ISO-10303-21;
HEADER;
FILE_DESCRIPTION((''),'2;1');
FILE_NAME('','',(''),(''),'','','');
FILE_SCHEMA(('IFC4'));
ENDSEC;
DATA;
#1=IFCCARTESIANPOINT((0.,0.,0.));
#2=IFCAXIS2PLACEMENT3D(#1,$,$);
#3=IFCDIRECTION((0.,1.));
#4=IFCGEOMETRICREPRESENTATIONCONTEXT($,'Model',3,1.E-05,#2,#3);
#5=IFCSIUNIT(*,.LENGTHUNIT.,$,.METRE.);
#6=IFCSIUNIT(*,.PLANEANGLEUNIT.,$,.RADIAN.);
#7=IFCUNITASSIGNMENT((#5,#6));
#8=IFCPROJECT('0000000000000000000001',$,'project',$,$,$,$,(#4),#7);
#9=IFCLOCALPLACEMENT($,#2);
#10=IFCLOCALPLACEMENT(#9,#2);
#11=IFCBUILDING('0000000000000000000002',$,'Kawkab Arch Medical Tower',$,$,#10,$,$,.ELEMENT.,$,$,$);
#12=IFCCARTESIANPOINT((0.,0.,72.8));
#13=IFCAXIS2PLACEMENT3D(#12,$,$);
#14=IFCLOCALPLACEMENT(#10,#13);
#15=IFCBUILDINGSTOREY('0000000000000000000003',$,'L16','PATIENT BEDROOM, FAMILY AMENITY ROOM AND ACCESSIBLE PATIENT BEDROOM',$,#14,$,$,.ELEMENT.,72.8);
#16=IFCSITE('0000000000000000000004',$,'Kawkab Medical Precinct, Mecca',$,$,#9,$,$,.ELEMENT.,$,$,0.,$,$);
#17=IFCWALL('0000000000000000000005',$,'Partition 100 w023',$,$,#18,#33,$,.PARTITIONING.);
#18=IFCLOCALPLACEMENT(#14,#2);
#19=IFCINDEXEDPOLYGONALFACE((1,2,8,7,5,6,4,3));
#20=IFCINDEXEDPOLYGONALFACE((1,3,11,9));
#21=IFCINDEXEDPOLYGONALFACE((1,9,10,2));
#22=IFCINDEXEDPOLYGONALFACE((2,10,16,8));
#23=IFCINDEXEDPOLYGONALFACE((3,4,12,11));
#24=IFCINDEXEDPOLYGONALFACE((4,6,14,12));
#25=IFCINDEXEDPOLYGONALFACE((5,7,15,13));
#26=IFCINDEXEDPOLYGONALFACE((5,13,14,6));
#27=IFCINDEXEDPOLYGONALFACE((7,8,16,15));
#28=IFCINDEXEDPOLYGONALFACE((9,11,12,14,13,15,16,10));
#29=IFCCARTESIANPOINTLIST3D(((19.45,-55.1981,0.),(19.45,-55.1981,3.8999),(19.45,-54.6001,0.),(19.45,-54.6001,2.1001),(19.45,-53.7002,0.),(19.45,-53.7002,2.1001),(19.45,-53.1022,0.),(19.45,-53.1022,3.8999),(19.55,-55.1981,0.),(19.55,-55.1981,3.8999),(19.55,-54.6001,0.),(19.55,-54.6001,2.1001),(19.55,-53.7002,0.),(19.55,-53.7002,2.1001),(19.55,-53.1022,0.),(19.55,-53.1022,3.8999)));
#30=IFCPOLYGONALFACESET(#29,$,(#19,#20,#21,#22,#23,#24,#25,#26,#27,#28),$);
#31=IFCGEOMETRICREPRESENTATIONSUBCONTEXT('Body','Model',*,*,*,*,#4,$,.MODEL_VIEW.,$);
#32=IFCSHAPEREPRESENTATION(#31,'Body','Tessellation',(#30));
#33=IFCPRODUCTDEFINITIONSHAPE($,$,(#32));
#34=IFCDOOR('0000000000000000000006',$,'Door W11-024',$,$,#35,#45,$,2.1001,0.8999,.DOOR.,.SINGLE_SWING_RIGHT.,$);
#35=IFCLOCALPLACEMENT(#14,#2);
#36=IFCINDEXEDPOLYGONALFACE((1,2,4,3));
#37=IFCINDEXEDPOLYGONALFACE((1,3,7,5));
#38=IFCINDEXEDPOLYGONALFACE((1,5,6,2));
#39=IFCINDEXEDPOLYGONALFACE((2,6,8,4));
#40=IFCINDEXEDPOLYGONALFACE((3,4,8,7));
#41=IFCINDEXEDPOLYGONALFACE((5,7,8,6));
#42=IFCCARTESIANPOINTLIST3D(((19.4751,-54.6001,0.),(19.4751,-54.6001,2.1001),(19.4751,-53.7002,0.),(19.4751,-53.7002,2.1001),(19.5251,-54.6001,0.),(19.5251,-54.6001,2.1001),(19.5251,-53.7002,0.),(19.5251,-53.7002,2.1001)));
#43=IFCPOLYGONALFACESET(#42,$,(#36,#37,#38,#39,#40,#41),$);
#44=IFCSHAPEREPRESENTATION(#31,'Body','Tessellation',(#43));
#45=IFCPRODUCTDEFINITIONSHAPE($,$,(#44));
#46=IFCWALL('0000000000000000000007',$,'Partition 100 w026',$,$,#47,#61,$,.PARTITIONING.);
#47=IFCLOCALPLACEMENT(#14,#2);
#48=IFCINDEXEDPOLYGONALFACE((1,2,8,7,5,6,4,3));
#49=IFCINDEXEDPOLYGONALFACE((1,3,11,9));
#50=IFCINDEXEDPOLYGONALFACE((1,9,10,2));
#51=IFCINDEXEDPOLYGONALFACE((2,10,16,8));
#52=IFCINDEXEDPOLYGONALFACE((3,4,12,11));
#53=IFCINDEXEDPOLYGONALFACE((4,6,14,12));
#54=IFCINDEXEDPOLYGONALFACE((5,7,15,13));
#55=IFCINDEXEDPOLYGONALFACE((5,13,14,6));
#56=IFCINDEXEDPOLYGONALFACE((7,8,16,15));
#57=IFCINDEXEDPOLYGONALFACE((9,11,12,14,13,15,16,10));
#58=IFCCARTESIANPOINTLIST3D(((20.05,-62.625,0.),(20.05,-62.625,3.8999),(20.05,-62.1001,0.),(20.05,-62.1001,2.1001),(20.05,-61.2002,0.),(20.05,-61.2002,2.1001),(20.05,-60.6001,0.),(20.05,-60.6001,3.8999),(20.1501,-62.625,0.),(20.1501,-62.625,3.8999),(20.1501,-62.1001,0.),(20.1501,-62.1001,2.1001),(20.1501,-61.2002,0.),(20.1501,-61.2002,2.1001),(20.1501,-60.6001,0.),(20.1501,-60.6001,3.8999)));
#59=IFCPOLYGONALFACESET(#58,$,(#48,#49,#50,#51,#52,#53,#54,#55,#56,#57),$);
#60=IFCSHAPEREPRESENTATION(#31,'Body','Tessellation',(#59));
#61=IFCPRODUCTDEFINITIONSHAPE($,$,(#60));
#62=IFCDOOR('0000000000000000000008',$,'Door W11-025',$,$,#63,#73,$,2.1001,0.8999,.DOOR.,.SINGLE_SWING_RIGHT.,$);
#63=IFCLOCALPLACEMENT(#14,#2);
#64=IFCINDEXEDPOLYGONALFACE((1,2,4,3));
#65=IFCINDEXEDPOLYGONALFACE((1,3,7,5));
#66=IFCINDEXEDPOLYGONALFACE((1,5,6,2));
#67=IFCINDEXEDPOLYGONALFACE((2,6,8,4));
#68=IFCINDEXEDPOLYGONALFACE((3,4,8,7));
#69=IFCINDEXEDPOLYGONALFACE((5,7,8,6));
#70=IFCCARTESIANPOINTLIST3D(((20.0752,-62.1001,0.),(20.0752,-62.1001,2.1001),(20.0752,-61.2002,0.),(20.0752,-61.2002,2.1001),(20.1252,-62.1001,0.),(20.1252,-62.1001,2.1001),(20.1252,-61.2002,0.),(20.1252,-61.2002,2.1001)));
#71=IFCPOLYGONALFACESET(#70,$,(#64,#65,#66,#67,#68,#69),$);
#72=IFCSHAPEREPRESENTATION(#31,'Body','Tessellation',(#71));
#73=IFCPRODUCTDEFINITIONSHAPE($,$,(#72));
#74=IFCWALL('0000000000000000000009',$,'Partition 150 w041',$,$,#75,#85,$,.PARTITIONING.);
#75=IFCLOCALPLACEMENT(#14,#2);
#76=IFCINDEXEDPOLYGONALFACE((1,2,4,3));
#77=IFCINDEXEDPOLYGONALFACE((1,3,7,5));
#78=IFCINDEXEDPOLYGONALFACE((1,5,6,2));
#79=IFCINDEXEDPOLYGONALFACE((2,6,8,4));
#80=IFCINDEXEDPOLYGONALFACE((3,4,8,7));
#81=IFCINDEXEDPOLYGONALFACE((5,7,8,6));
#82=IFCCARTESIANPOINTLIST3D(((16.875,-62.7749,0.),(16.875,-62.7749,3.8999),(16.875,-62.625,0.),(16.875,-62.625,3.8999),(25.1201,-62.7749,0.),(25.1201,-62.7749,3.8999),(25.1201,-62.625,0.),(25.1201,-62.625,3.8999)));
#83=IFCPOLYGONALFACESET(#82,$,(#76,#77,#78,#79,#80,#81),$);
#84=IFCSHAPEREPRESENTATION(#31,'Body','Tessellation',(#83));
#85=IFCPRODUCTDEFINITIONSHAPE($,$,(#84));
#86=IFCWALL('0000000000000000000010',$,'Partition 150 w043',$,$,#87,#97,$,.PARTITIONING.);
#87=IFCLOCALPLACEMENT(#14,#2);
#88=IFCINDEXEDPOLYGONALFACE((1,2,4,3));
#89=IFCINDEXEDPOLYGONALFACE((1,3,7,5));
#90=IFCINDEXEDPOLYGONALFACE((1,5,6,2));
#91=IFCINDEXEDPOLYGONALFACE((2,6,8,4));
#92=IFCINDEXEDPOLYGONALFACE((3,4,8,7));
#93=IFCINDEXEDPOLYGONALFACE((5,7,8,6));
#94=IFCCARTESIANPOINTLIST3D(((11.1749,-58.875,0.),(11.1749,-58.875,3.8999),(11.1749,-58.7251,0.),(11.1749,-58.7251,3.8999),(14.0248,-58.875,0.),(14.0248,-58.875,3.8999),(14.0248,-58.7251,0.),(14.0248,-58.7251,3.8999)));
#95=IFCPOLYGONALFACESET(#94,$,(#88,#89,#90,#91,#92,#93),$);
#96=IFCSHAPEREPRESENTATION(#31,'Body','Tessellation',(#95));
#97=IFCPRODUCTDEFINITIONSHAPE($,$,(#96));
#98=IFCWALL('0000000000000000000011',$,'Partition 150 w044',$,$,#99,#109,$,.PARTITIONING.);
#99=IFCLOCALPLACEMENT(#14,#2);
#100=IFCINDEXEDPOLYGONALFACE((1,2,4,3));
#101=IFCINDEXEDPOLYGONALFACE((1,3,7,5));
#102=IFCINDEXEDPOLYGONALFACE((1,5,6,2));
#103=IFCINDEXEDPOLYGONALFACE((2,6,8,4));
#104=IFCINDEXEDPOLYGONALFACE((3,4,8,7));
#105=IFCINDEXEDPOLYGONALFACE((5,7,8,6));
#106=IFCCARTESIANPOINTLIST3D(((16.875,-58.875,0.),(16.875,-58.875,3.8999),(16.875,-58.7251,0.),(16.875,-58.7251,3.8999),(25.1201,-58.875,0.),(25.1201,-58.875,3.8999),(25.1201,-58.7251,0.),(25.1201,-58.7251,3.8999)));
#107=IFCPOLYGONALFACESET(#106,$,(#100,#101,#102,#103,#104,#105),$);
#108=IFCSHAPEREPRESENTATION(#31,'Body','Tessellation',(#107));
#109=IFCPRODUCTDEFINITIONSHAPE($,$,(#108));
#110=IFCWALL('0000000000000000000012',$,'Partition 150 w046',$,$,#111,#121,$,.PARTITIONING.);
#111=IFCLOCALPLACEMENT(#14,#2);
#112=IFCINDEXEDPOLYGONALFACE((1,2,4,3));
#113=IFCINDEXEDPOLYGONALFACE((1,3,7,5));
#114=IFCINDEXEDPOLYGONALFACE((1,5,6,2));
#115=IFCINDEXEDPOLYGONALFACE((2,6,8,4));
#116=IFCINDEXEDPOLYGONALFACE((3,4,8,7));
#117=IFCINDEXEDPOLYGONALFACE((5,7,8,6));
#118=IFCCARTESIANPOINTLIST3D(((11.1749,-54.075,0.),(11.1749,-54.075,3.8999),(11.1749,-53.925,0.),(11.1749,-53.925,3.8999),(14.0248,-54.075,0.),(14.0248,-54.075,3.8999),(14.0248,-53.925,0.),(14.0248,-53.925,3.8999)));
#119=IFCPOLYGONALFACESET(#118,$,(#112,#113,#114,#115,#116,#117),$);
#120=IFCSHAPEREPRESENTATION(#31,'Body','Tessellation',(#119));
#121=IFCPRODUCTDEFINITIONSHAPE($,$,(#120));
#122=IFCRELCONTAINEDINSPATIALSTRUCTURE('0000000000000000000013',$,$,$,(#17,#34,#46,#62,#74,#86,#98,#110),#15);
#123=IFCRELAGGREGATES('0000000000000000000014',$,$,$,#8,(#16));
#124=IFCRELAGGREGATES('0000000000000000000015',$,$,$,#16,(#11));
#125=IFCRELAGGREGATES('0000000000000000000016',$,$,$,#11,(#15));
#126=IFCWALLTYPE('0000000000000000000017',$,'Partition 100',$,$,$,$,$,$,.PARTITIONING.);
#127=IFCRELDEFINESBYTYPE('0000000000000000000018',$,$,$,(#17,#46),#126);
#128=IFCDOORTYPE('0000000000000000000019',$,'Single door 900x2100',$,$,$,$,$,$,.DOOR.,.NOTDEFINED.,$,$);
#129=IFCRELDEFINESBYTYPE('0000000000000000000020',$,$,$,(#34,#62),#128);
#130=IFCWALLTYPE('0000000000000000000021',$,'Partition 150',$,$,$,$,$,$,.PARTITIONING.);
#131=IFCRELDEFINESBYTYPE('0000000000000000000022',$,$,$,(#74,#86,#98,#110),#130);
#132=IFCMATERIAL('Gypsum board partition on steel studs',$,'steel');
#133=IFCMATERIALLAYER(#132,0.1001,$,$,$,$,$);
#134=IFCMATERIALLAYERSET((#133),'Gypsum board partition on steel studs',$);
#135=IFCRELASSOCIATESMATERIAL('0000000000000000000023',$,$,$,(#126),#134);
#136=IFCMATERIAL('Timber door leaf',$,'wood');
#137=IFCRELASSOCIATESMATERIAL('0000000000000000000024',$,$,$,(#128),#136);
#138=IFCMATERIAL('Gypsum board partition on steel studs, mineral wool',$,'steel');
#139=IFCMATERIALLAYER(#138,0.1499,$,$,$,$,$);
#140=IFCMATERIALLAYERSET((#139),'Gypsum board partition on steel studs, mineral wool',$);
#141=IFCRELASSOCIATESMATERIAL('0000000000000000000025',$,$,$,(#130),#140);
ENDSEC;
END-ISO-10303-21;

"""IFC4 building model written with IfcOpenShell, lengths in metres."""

from ifc_helpers import new_model, si_unit, direction, frame, frame_2d, origin, place, context, subcontext, project, spatial, rectangle, extrude, material, layer, layer_set, type_object, element, fill, save


model = new_model("IFC4")

# Units and contexts
model_context = context("Model", 3, precision=1e-05, world=origin(), true_north=direction((0.0, 1.0)))
body_context = subcontext(model_context, "Body", "Model", "MODEL_VIEW")
ifc_project = project(units=[si_unit("LENGTHUNIT", "METRE"), si_unit("PLANEANGLEUNIT", "RADIAN")], contexts=[model_context])

# Site, building, storey
site_placement = place(None, origin())
site = spatial("IfcSite", under=ifc_project, at=site_placement, Name="Kawkab Medical Precinct, Mecca", CompositionType="ELEMENT", RefElevation=0.0)
building_placement = place(site_placement, origin())
building = spatial("IfcBuilding", under=site, at=building_placement, Name="Kawkab Arch Medical Tower", CompositionType="ELEMENT")
storey_placement = place(building_placement, frame((0.0, 0.0, 72.8)))
storey = spatial("IfcBuildingStorey", under=building, at=storey_placement, Name="L16", Description="PATIENT BEDROOM, FAMILY AMENITY ROOM AND ACCESSIBLE PATIENT BEDROOM", CompositionType="ELEMENT", Elevation=72.8)

# Shared definitions
ifc_material_1 = material(Name="Gypsum board partition on steel studs", Category="steel")
ifc_layer_1 = layer(ifc_material_1, 0.1001)
ifc_layer_set_1 = layer_set([ifc_layer_1], Name="Gypsum board partition on steel studs")
wall_type_1 = type_object("IfcWallType", Name="Partition 100", PredefinedType="PARTITIONING", material=ifc_layer_set_1)

# Shared definitions
ifc_material_2 = material(Name="Timber door leaf", Category="wood")
door_type = type_object("IfcDoorType", Name="Single door 900x2100", OperationType="NOTDEFINED", PredefinedType="DOOR", material=ifc_material_2)

# Walls, openings, doors
wall_1_placement = place(storey_placement, frame((19.5, -55.198, 0.0), z_axis=(0.0, 0.0, 1.0), x_axis=(0.0, 1.0, 0.0)))
wall_1 = element("IfcWall", 1, at=wall_1_placement, inside=storey, type_object=wall_type_1, Name="Partition 100 w023", PredefinedType="PARTITIONING", context=body_context, shape_type="SweptSolid", body=[
    extrude(rectangle(XDim=2.0959, YDim=0.1001, at=frame_2d((1.0479, 0.0))), origin(), (0.0, 0.0, 1.0), 3.8999),
])
opening_1_placement = place(wall_1_placement, frame((0.5979, 0.0, 0.0)))
opening_1 = element("IfcOpeningElement", 2, at=opening_1_placement, cuts=wall_1, PredefinedType="OPENING", context=body_context, shape_type="SweptSolid", body=[
    extrude(rectangle(XDim=0.8999, YDim=2.1001, at=frame_2d((0.45, 1.05))), frame((0.0, 0.0601, 0.0), z_axis=(0.0, -1.0, 0.0), x_axis=(1.0, 0.0, 0.0)), (0.0, 0.0, 1.0), 0.1201),
])
door_1_placement = place(opening_1_placement, origin())
door_1 = element("IfcDoor", 3, at=door_1_placement, inside=storey, type_object=door_type, Name="Door W11-024", OperationType="SINGLE_SWING_RIGHT", OverallHeight=2.1001, OverallWidth=0.8999, PredefinedType="DOOR", context=body_context, shape_type="SweptSolid", body=[
    extrude(rectangle(XDim=0.8999, YDim=2.1001, at=frame_2d((0.45, 1.05))), frame((0.0, 0.0249, 0.0), z_axis=(0.0, -1.0, 0.0), x_axis=(1.0, 0.0, 0.0)), (0.0, 0.0, 1.0), 0.05),
])
fill(opening_1, door_1)
wall_2_placement = place(storey_placement, frame((20.1001, -62.625, 0.0), z_axis=(0.0, 0.0, 1.0), x_axis=(0.0, 1.0, 0.0)))
wall_2 = element("IfcWall", 4, at=wall_2_placement, inside=storey, type_object=wall_type_1, Name="Partition 100 w026", PredefinedType="PARTITIONING", context=body_context, shape_type="SweptSolid", body=[
    extrude(rectangle(XDim=2.0249, YDim=0.1001, at=frame_2d((1.0125, 0.0))), origin(), (0.0, 0.0, 1.0), 3.8999),
])
opening_2_placement = place(wall_2_placement, frame((0.5249, 0.0, 0.0)))
opening_2 = element("IfcOpeningElement", 5, at=opening_2_placement, cuts=wall_2, PredefinedType="OPENING", context=body_context, shape_type="SweptSolid", body=[
    extrude(rectangle(XDim=0.8999, YDim=2.1001, at=frame_2d((0.45, 1.05))), frame((0.0, 0.0601, 0.0), z_axis=(0.0, -1.0, 0.0), x_axis=(1.0, 0.0, 0.0)), (0.0, 0.0, 1.0), 0.1201),
])
door_2_placement = place(opening_2_placement, origin())
door_2 = element("IfcDoor", 6, at=door_2_placement, inside=storey, type_object=door_type, Name="Door W11-025", OperationType="SINGLE_SWING_RIGHT", OverallHeight=2.1001, OverallWidth=0.8999, PredefinedType="DOOR", context=body_context, shape_type="SweptSolid", body=[
    extrude(rectangle(XDim=0.8999, YDim=2.1001, at=frame_2d((0.45, 1.05))), frame((0.0, 0.0249, 0.0), z_axis=(0.0, -1.0, 0.0), x_axis=(1.0, 0.0, 0.0)), (0.0, 0.0, 1.0), 0.05),
])
fill(opening_2, door_2)

# Walls
ifc_material_3 = material(Name="Gypsum board partition on steel studs, mineral wool", Category="steel")
ifc_layer_2 = layer(ifc_material_3, 0.1499)
ifc_layer_set_2 = layer_set([ifc_layer_2], Name="Gypsum board partition on steel studs, mineral wool")
wall_type_2 = type_object("IfcWallType", Name="Partition 150", PredefinedType="PARTITIONING", material=ifc_layer_set_2)
wall_3_placement = place(storey_placement, frame((16.875, -62.7, 0.0), z_axis=(0.0, 0.0, 1.0), x_axis=(1.0, 0.0, 0.0)))
element("IfcWall", 7, at=wall_3_placement, inside=storey, type_object=wall_type_2, Name="Partition 150 w041", PredefinedType="PARTITIONING", context=body_context, shape_type="SweptSolid", body=[
    extrude(rectangle(XDim=8.2451, YDim=0.1499, at=frame_2d((4.1226, 0.0))), origin(), (0.0, 0.0, 1.0), 3.8999),
])
wall_4_placement = place(storey_placement, frame((11.175, -58.8, 0.0), z_axis=(0.0, 0.0, 1.0), x_axis=(1.0, 0.0, 0.0)))
element("IfcWall", 8, at=wall_4_placement, inside=storey, type_object=wall_type_2, Name="Partition 150 w043", PredefinedType="PARTITIONING", context=body_context, shape_type="SweptSolid", body=[
    extrude(rectangle(XDim=2.8499, YDim=0.1499, at=frame_2d((1.4248, 0.0))), origin(), (0.0, 0.0, 1.0), 3.8999),
])
wall_5_placement = place(storey_placement, frame((16.875, -58.8, 0.0), z_axis=(0.0, 0.0, 1.0), x_axis=(1.0, 0.0, 0.0)))
element("IfcWall", 9, at=wall_5_placement, inside=storey, type_object=wall_type_2, Name="Partition 150 w044", PredefinedType="PARTITIONING", context=body_context, shape_type="SweptSolid", body=[
    extrude(rectangle(XDim=8.2451, YDim=0.1499, at=frame_2d((4.1226, 0.0))), origin(), (0.0, 0.0, 1.0), 3.8999),
])
wall_6_placement = place(storey_placement, frame((11.175, -54.0, 0.0), z_axis=(0.0, 0.0, 1.0), x_axis=(1.0, 0.0, 0.0)))
element("IfcWall", 10, at=wall_6_placement, inside=storey, type_object=wall_type_2, Name="Partition 150 w046", PredefinedType="PARTITIONING", context=body_context, shape_type="SweptSolid", body=[
    extrude(rectangle(XDim=2.8499, YDim=0.1499, at=frame_2d((1.4248, 0.0))), origin(), (0.0, 0.0, 1.0), 3.8999),
])

save(model, "model.ifc")
